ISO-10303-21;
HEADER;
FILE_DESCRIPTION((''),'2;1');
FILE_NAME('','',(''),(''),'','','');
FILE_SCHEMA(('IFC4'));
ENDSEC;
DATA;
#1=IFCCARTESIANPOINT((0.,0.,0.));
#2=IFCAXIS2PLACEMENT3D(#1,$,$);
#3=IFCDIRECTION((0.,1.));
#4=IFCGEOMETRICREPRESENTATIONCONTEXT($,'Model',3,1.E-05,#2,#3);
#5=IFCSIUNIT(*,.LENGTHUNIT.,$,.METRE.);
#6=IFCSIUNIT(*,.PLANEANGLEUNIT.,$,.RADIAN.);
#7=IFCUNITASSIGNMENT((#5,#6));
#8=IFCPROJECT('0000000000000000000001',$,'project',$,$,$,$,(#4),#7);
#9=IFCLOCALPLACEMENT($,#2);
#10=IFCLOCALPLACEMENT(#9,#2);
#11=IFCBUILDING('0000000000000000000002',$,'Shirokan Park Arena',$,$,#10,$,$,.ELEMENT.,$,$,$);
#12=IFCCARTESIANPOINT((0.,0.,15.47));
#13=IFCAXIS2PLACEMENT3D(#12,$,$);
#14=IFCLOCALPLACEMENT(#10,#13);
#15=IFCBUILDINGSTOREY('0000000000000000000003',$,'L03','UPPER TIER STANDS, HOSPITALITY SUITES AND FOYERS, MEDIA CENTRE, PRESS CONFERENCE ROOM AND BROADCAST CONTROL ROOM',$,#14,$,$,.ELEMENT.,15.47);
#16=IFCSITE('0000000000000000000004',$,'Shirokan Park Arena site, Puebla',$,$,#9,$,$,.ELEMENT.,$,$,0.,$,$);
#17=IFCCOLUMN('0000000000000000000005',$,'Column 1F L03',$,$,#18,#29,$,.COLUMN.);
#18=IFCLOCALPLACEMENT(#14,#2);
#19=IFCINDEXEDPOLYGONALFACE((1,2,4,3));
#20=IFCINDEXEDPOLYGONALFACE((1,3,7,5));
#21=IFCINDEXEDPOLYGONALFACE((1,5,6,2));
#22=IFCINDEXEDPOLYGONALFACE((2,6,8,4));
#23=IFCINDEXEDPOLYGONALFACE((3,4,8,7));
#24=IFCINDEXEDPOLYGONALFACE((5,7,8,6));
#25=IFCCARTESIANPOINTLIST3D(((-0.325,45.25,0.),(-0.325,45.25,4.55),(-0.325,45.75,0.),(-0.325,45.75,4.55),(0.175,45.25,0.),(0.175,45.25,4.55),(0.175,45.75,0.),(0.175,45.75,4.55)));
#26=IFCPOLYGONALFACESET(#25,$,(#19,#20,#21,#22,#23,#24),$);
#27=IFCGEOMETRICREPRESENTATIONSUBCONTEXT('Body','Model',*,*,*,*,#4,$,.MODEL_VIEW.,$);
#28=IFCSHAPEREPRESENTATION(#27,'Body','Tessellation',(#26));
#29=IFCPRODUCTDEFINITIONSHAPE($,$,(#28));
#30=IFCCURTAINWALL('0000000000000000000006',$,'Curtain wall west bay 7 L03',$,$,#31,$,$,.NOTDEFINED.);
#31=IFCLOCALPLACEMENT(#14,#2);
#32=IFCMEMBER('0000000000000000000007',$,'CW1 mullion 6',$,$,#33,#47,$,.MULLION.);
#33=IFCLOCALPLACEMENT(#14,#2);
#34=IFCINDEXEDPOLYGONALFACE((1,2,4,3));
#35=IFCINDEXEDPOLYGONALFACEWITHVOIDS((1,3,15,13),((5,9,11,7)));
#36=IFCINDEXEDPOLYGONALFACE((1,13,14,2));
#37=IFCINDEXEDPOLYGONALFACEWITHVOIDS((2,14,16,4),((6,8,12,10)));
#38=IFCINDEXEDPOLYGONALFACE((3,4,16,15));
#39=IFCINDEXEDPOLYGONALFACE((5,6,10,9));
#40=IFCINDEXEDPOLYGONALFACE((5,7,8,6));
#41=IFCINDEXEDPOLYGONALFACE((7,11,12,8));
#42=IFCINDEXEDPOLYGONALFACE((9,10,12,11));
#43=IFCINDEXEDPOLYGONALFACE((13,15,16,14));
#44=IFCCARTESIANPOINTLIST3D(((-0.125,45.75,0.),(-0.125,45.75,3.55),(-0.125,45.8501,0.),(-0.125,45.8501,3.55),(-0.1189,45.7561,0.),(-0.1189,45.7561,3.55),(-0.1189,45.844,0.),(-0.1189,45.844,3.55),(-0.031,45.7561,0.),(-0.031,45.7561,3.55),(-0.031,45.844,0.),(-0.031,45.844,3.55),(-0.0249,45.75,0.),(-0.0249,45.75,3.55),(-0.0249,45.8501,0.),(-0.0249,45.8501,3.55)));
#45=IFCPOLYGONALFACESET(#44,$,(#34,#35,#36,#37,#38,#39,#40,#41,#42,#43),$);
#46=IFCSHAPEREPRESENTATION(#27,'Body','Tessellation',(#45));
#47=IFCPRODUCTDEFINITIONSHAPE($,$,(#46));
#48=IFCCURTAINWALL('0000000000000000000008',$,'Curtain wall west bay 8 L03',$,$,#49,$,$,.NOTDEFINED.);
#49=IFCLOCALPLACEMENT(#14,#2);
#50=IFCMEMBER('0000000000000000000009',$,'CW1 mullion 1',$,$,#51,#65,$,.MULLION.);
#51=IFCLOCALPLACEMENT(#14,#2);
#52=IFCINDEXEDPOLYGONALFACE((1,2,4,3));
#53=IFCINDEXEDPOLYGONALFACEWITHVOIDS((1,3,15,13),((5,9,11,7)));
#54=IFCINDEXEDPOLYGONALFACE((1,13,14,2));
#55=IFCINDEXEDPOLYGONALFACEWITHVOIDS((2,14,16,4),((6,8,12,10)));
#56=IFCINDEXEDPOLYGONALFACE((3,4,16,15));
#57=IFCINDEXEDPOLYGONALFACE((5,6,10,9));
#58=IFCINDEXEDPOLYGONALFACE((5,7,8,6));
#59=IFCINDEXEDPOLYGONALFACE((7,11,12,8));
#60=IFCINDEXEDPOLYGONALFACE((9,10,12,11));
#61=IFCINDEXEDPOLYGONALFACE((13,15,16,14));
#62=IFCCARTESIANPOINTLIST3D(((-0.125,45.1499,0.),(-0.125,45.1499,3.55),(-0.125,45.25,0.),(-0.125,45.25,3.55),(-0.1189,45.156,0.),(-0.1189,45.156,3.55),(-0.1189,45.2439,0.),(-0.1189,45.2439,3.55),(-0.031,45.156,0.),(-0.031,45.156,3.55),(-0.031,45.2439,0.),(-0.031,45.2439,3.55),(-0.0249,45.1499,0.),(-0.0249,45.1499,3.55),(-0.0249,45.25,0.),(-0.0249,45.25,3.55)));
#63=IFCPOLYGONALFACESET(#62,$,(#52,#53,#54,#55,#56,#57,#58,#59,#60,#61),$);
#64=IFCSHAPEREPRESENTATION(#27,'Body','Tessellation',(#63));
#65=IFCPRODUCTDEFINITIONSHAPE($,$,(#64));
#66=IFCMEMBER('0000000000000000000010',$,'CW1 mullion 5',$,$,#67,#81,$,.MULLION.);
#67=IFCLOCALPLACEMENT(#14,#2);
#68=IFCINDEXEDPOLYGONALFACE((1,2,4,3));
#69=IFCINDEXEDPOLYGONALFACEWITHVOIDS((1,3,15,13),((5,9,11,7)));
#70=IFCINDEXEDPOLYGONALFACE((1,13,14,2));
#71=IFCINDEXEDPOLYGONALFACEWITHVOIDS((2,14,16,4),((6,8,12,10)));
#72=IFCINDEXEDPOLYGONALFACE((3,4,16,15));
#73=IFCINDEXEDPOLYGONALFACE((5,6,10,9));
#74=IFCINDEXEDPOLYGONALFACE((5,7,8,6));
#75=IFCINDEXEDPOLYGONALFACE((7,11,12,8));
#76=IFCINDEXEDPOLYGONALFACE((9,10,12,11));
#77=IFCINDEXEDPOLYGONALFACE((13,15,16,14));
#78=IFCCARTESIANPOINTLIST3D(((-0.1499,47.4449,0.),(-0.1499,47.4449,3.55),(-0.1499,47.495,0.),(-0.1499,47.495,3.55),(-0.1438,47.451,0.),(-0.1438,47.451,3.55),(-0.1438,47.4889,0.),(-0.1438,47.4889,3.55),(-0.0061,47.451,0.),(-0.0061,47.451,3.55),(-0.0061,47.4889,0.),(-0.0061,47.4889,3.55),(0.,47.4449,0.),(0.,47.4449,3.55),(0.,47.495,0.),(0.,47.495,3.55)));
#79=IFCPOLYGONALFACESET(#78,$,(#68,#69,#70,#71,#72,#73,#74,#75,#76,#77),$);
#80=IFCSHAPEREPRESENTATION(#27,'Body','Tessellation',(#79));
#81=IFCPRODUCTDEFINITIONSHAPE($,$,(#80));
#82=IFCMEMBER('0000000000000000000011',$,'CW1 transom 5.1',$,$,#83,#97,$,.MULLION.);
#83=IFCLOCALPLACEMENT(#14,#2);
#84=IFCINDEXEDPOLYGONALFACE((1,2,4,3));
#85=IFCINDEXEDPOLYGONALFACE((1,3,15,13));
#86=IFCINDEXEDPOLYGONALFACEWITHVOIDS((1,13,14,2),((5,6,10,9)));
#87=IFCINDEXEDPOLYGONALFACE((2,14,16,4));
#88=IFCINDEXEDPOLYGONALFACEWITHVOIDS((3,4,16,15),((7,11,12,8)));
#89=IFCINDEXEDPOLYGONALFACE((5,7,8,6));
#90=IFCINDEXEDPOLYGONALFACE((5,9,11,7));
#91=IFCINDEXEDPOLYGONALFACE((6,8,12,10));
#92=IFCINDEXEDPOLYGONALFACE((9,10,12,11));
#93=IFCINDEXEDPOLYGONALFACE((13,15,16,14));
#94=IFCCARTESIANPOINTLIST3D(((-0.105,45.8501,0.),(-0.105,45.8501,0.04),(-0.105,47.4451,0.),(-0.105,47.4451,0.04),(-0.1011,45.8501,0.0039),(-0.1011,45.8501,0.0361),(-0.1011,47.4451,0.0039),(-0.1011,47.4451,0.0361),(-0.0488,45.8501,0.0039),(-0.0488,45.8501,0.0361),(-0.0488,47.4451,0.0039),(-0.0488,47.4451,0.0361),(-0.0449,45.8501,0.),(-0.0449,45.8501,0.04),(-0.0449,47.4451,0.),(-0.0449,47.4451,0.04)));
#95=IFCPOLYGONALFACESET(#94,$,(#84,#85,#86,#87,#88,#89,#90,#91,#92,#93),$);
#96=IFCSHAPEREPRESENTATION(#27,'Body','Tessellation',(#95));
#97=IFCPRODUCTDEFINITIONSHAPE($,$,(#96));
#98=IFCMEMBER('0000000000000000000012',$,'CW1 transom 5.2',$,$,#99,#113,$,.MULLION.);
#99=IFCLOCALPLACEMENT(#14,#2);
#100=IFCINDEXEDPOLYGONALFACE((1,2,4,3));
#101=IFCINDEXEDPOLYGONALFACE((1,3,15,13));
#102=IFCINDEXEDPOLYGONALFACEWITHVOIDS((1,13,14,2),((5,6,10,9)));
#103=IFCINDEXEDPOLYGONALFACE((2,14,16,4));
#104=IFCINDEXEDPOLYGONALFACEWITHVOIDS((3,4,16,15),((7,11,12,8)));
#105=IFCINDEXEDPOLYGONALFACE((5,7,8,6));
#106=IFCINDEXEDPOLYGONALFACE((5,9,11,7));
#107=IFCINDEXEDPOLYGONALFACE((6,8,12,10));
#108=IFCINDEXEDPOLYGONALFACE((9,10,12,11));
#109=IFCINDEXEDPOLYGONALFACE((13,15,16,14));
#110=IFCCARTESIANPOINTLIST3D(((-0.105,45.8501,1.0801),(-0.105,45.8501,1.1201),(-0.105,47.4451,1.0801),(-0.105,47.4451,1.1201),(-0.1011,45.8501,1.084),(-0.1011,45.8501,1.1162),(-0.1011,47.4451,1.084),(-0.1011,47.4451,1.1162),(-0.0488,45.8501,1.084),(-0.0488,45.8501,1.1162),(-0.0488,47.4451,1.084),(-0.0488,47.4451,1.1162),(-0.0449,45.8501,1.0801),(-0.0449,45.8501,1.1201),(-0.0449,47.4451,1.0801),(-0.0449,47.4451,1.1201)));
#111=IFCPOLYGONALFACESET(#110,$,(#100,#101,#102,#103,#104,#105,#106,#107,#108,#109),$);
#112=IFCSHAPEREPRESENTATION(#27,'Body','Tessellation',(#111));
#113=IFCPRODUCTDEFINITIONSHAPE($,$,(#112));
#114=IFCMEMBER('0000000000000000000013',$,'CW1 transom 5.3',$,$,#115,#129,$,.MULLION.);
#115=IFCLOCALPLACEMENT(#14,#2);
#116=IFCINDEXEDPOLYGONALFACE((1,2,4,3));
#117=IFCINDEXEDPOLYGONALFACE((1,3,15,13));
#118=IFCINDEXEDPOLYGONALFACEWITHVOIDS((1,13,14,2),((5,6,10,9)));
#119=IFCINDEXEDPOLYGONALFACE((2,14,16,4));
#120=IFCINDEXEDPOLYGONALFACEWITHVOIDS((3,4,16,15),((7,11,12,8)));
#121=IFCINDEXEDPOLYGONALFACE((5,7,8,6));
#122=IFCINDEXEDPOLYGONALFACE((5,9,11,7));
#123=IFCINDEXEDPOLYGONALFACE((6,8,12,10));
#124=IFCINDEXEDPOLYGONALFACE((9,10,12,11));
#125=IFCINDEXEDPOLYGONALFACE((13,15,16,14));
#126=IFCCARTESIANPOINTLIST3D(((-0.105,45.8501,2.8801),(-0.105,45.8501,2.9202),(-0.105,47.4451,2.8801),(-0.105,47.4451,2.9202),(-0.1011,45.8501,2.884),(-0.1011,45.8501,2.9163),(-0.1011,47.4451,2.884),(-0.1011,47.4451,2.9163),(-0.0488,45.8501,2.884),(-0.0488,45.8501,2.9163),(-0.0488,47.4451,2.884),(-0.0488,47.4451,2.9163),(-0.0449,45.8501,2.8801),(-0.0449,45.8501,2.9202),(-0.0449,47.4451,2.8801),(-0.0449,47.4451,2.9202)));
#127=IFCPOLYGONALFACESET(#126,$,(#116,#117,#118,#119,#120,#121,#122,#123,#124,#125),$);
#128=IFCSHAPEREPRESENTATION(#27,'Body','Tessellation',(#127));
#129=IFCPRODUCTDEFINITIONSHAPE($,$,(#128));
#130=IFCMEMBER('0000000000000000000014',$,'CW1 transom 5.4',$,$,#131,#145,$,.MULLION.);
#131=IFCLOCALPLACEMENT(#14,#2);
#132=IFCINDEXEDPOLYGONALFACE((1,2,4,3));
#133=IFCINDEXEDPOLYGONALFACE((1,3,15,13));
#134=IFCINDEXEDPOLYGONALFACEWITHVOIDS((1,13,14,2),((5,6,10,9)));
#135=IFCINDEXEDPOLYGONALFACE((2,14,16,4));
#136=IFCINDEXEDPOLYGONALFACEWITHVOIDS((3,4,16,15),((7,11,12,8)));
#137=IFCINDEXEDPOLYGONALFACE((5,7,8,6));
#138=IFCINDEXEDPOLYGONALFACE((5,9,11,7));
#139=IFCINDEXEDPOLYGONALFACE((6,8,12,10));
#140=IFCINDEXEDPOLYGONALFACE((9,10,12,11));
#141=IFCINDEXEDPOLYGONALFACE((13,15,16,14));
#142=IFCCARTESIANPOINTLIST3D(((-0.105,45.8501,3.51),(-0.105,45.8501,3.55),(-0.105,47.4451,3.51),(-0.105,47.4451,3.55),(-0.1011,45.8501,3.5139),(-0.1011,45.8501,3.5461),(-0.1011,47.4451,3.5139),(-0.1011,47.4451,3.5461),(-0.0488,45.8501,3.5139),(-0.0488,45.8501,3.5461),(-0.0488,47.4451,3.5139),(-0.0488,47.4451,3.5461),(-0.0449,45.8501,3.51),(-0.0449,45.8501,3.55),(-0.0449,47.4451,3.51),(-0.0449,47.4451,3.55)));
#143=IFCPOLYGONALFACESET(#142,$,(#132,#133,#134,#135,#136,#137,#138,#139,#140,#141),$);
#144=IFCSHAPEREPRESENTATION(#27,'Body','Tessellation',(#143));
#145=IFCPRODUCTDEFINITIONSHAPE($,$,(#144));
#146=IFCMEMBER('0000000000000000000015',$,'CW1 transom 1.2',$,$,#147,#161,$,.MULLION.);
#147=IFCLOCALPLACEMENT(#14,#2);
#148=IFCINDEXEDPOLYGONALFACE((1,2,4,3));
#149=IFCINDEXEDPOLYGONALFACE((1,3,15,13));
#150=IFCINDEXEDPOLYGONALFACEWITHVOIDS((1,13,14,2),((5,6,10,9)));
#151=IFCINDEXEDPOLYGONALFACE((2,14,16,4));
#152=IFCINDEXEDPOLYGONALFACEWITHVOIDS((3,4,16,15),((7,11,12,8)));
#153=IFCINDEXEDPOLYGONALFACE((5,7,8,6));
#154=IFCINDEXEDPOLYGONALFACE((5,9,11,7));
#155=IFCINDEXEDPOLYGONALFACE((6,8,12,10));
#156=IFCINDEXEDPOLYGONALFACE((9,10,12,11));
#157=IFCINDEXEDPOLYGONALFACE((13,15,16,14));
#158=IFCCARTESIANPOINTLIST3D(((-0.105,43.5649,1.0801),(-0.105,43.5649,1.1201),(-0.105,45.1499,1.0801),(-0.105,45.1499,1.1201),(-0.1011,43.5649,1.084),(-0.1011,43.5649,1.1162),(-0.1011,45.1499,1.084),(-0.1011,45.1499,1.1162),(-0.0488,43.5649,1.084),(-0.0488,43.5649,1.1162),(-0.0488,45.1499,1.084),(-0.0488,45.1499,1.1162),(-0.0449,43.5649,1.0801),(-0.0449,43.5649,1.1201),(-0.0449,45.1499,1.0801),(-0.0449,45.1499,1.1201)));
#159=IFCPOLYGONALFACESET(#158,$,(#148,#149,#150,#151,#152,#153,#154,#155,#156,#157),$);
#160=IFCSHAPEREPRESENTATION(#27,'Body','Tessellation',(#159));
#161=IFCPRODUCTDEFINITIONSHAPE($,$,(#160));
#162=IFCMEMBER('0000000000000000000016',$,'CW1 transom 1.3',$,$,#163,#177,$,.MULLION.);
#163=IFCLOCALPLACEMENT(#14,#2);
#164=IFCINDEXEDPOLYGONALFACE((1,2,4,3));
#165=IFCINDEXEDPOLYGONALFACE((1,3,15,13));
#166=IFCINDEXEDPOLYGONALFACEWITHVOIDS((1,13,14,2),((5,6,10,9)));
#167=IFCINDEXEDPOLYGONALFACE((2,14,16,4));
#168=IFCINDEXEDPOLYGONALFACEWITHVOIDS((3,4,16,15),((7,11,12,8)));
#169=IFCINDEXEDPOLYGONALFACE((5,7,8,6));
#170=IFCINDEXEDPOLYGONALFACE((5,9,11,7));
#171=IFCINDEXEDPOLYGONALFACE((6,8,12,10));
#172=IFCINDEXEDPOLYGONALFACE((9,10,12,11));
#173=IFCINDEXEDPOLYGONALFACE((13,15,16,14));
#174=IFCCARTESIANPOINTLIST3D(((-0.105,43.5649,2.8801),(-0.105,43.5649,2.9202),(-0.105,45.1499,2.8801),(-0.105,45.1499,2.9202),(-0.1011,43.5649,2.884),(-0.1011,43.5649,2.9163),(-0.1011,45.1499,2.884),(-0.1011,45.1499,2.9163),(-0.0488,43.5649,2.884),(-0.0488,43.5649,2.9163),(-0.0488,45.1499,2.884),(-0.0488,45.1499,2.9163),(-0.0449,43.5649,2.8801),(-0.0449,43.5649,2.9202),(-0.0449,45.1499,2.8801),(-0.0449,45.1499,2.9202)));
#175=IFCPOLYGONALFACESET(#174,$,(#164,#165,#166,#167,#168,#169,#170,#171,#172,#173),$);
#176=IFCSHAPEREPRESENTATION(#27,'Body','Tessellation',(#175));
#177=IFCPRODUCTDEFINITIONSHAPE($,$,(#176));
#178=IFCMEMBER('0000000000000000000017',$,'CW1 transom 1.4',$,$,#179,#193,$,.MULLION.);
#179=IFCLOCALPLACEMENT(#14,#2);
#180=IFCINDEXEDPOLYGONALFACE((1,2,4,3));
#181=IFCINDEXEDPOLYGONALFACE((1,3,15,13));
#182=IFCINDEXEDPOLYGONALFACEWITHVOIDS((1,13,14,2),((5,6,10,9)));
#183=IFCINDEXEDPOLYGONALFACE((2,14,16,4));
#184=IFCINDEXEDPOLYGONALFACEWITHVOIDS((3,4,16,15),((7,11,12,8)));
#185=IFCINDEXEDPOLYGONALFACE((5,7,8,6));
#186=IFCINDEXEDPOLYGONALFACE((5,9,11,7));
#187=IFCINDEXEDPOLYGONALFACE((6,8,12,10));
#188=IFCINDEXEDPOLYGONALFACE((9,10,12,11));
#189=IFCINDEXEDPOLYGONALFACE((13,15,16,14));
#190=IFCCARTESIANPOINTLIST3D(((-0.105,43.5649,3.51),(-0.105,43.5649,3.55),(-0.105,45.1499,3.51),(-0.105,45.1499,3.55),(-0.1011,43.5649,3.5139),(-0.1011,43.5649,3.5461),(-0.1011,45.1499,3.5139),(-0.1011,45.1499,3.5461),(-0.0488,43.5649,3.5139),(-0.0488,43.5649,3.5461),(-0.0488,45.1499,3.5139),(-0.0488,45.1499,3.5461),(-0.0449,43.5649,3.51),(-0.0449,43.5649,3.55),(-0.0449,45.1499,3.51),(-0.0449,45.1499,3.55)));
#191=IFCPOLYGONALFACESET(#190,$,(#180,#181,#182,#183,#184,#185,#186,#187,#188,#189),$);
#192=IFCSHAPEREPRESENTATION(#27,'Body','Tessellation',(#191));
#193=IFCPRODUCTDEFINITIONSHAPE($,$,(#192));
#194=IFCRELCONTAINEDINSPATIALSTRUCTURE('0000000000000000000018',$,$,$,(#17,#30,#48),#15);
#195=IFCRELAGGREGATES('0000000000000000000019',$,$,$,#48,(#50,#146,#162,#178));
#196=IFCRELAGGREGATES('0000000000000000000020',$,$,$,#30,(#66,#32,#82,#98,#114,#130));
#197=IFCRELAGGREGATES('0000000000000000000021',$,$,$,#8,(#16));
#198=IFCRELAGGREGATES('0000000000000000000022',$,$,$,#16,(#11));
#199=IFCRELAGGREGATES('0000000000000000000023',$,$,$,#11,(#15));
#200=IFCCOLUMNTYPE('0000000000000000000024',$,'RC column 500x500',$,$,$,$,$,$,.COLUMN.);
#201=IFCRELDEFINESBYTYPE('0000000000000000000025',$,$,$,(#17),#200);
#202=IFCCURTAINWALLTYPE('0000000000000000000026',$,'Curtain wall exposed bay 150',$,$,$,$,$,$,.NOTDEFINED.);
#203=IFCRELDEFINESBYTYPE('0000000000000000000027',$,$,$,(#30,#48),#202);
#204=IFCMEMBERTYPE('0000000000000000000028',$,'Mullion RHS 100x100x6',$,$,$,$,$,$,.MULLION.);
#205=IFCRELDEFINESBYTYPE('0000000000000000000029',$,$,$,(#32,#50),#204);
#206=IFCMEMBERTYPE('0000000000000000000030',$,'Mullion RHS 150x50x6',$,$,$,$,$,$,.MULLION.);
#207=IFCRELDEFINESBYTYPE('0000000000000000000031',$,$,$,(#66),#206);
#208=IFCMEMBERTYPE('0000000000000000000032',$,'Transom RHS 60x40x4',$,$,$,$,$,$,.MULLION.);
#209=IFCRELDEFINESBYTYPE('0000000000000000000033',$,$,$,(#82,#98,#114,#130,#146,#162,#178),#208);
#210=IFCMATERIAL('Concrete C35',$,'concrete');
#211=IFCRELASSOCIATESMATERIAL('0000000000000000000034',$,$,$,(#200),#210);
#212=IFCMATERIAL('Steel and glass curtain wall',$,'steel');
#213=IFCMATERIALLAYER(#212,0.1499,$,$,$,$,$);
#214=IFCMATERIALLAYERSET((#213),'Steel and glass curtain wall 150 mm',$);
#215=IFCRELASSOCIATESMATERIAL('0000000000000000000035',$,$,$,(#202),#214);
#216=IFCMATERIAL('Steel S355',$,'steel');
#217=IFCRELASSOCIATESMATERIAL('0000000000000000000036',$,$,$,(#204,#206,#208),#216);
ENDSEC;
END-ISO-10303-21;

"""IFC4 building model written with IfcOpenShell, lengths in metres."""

from ifc_helpers import new_model, si_unit, direction, frame, origin, origin_2d, place, context, subcontext, project, spatial, rectangle, hollow_rectangle, extrude, material, layer, layer_set, material_profile, profile_set, type_object, element, aggregate, save


model = new_model("IFC4")

# Units and contexts
model_context = context("Model", 3, precision=1e-05, world=origin(), true_north=direction((0.0, 1.0)))
body_context = subcontext(model_context, "Body", "Model", "MODEL_VIEW")
ifc_project = project(units=[si_unit("LENGTHUNIT", "METRE"), si_unit("PLANEANGLEUNIT", "RADIAN")], contexts=[model_context])

# Site, building, storey
site_placement = place(None, origin())
site = spatial("IfcSite", under=ifc_project, at=site_placement, Name="Shirokan Park Arena site, Puebla", CompositionType="ELEMENT", RefElevation=0.0)
building_placement = place(site_placement, origin())
building = spatial("IfcBuilding", under=site, at=building_placement, Name="Shirokan Park Arena", CompositionType="ELEMENT")
storey_placement = place(building_placement, frame((0.0, 0.0, 15.47)))
storey = spatial("IfcBuildingStorey", under=building, at=storey_placement, Name="L03", Description="UPPER TIER STANDS, HOSPITALITY SUITES AND FOYERS, MEDIA CENTRE, PRESS CONFERENCE ROOM AND BROADCAST CONTROL ROOM", CompositionType="ELEMENT", Elevation=15.47)

# Column
ifc_material_1 = material(Name="Concrete C35", Category="concrete")
ifc_material_profile_1 = material_profile(ifc_material_1, rectangle(XDim=0.5, YDim=0.5, at=origin_2d()), Name="500x500")
ifc_profile_set_1 = profile_set([ifc_material_profile_1], Name="Concrete C35")
column_type = type_object("IfcColumnType", Name="RC column 500x500", PredefinedType="COLUMN", material=ifc_profile_set_1)
column_placement = place(storey_placement, frame((-0.075, 45.5, 0.0), z_axis=(0.0, 0.0, 1.0), x_axis=(1.0, 0.0, 0.0)))
element("IfcColumn", 1, at=column_placement, inside=storey, type_object=column_type, Name="Column 1F L03", PredefinedType="COLUMN", context=body_context, shape_type="SweptSolid", body=[
    extrude(rectangle(XDim=0.5, YDim=0.5, at=origin_2d()), origin(), (0.0, 0.0, 1.0), 4.55),
])

# Curtain walls, members
ifc_material_2 = material(Name="Steel and glass curtain wall", Category="steel")
ifc_layer_1 = layer(ifc_material_2, 0.1499)
ifc_layer_set_1 = layer_set([ifc_layer_1], Name="Steel and glass curtain wall 150 mm")
curtain_wall_type = type_object("IfcCurtainWallType", Name="Curtain wall exposed bay 150", PredefinedType="NOTDEFINED", material=ifc_layer_set_1)
curtain_wall_1_placement = place(storey_placement, origin())
curtain_wall_1 = element("IfcCurtainWall", 2, at=curtain_wall_1_placement, inside=storey, type_object=curtain_wall_type, Name="Curtain wall west bay 7 L03", PredefinedType="NOTDEFINED")
ifc_material_3 = material(Name="Steel S355", Category="steel")
ifc_material_profile_2 = material_profile(ifc_material_3, hollow_rectangle(XDim=0.1001, YDim=0.1001, WallThickness=0.0061, at=origin_2d()), Name="RHS 100x100x6")
ifc_profile_set_2 = profile_set([ifc_material_profile_2], Name="Steel S355")
member_type_1 = type_object("IfcMemberType", Name="Mullion RHS 100x100x6", PredefinedType="MULLION", material=ifc_profile_set_2)
member_1_placement = place(storey_placement, frame((-0.075, 45.8, 0.0), z_axis=(0.0, 0.0, 1.0), x_axis=(1.0, 0.0, 0.0)))
member_1 = element("IfcMember", 3, at=member_1_placement, type_object=member_type_1, Name="CW1 mullion 6", PredefinedType="MULLION", context=body_context, shape_type="SweptSolid", body=[
    extrude(hollow_rectangle(XDim=0.1001, YDim=0.1001, WallThickness=0.0061, at=origin_2d()), origin(), (0.0, 0.0, 1.0), 3.55),
])
curtain_wall_2_placement = place(storey_placement, origin())
curtain_wall_2 = element("IfcCurtainWall", 4, at=curtain_wall_2_placement, inside=storey, type_object=curtain_wall_type, Name="Curtain wall west bay 8 L03", PredefinedType="NOTDEFINED")
member_2_placement = place(storey_placement, frame((-0.075, 45.2, 0.0), z_axis=(0.0, 0.0, 1.0), x_axis=(1.0, 0.0, 0.0)))
member_2 = element("IfcMember", 5, at=member_2_placement, type_object=member_type_1, Name="CW1 mullion 1", PredefinedType="MULLION", context=body_context, shape_type="SweptSolid", body=[
    extrude(hollow_rectangle(XDim=0.1001, YDim=0.1001, WallThickness=0.0061, at=origin_2d()), origin(), (0.0, 0.0, 1.0), 3.55),
])

# Members
ifc_material_profile_3 = material_profile(ifc_material_3, hollow_rectangle(XDim=0.1499, YDim=0.05, WallThickness=0.0061, at=origin_2d()), Name="RHS 150x50x6")
ifc_profile_set_3 = profile_set([ifc_material_profile_3], Name="Steel S355")
member_type_2 = type_object("IfcMemberType", Name="Mullion RHS 150x50x6", PredefinedType="MULLION", material=ifc_profile_set_3)
member_3_placement = place(storey_placement, frame((-0.075, 47.47, 0.0), z_axis=(0.0, 0.0, 1.0), x_axis=(1.0, 0.0, 0.0)))
member_3 = element("IfcMember", 6, at=member_3_placement, type_object=member_type_2, Name="CW1 mullion 5", PredefinedType="MULLION", context=body_context, shape_type="SweptSolid", body=[
    extrude(hollow_rectangle(XDim=0.1499, YDim=0.05, WallThickness=0.0061, at=origin_2d()), origin(), (0.0, 0.0, 1.0), 3.55),
])
ifc_material_profile_4 = material_profile(ifc_material_3, hollow_rectangle(XDim=0.0601, YDim=0.04, WallThickness=0.0039, at=origin_2d()), Name="RHS 60x40x4")
ifc_profile_set_4 = profile_set([ifc_material_profile_4], Name="Steel S355")
member_type_3 = type_object("IfcMemberType", Name="Transom RHS 60x40x4", PredefinedType="MULLION", material=ifc_profile_set_4)
member_4_placement = place(storey_placement, frame((-0.075, 47.4451, 0.02), z_axis=(0.0, -1.0, 0.0), x_axis=(1.0, 0.0, 0.0)))
member_4 = element("IfcMember", 7, at=member_4_placement, type_object=member_type_3, Name="CW1 transom 5.1", PredefinedType="MULLION", context=body_context, shape_type="SweptSolid", body=[
    extrude(hollow_rectangle(XDim=0.0601, YDim=0.04, WallThickness=0.0039, at=origin_2d()), origin(), (0.0, 0.0, 1.0), 1.595),
])
member_5_placement = place(storey_placement, frame((-0.075, 47.4451, 1.1001), z_axis=(0.0, -1.0, 0.0), x_axis=(1.0, 0.0, 0.0)))
member_5 = element("IfcMember", 8, at=member_5_placement, type_object=member_type_3, Name="CW1 transom 5.2", PredefinedType="MULLION", context=body_context, shape_type="SweptSolid", body=[
    extrude(hollow_rectangle(XDim=0.0601, YDim=0.04, WallThickness=0.0039, at=origin_2d()), origin(), (0.0, 0.0, 1.0), 1.595),
])
member_6_placement = place(storey_placement, frame((-0.075, 47.4451, 2.9001), z_axis=(0.0, -1.0, 0.0), x_axis=(1.0, 0.0, 0.0)))
member_6 = element("IfcMember", 9, at=member_6_placement, type_object=member_type_3, Name="CW1 transom 5.3", PredefinedType="MULLION", context=body_context, shape_type="SweptSolid", body=[
    extrude(hollow_rectangle(XDim=0.0601, YDim=0.04, WallThickness=0.0039, at=origin_2d()), origin(), (0.0, 0.0, 1.0), 1.595),
])
member_7_placement = place(storey_placement, frame((-0.075, 47.4451, 3.53), z_axis=(0.0, -1.0, 0.0), x_axis=(1.0, 0.0, 0.0)))
member_7 = element("IfcMember", 10, at=member_7_placement, type_object=member_type_3, Name="CW1 transom 5.4", PredefinedType="MULLION", context=body_context, shape_type="SweptSolid", body=[
    extrude(hollow_rectangle(XDim=0.0601, YDim=0.04, WallThickness=0.0039, at=origin_2d()), origin(), (0.0, 0.0, 1.0), 1.595),
])
member_8_placement = place(storey_placement, frame((-0.075, 45.1499, 1.1001), z_axis=(0.0, -1.0, 0.0), x_axis=(1.0, 0.0, 0.0)))
member_8 = element("IfcMember", 11, at=member_8_placement, type_object=member_type_3, Name="CW1 transom 1.2", PredefinedType="MULLION", context=body_context, shape_type="SweptSolid", body=[
    extrude(hollow_rectangle(XDim=0.0601, YDim=0.04, WallThickness=0.0039, at=origin_2d()), origin(), (0.0, 0.0, 1.0), 1.585),
])
member_9_placement = place(storey_placement, frame((-0.075, 45.1499, 2.9001), z_axis=(0.0, -1.0, 0.0), x_axis=(1.0, 0.0, 0.0)))
member_9 = element("IfcMember", 12, at=member_9_placement, type_object=member_type_3, Name="CW1 transom 1.3", PredefinedType="MULLION", context=body_context, shape_type="SweptSolid", body=[
    extrude(hollow_rectangle(XDim=0.0601, YDim=0.04, WallThickness=0.0039, at=origin_2d()), origin(), (0.0, 0.0, 1.0), 1.585),
])
member_10_placement = place(storey_placement, frame((-0.075, 45.1499, 3.53), z_axis=(0.0, -1.0, 0.0), x_axis=(1.0, 0.0, 0.0)))
member_10 = element("IfcMember", 13, at=member_10_placement, type_object=member_type_3, Name="CW1 transom 1.4", PredefinedType="MULLION", context=body_context, shape_type="SweptSolid", body=[
    extrude(hollow_rectangle(XDim=0.0601, YDim=0.04, WallThickness=0.0039, at=origin_2d()), origin(), (0.0, 0.0, 1.0), 1.585),
])
aggregate(curtain_wall_2, [member_2, member_8, member_9, member_10])

aggregate(curtain_wall_1, [member_3, member_1, member_4, member_5, member_6, member_7])

save(model, "model.ifc")
